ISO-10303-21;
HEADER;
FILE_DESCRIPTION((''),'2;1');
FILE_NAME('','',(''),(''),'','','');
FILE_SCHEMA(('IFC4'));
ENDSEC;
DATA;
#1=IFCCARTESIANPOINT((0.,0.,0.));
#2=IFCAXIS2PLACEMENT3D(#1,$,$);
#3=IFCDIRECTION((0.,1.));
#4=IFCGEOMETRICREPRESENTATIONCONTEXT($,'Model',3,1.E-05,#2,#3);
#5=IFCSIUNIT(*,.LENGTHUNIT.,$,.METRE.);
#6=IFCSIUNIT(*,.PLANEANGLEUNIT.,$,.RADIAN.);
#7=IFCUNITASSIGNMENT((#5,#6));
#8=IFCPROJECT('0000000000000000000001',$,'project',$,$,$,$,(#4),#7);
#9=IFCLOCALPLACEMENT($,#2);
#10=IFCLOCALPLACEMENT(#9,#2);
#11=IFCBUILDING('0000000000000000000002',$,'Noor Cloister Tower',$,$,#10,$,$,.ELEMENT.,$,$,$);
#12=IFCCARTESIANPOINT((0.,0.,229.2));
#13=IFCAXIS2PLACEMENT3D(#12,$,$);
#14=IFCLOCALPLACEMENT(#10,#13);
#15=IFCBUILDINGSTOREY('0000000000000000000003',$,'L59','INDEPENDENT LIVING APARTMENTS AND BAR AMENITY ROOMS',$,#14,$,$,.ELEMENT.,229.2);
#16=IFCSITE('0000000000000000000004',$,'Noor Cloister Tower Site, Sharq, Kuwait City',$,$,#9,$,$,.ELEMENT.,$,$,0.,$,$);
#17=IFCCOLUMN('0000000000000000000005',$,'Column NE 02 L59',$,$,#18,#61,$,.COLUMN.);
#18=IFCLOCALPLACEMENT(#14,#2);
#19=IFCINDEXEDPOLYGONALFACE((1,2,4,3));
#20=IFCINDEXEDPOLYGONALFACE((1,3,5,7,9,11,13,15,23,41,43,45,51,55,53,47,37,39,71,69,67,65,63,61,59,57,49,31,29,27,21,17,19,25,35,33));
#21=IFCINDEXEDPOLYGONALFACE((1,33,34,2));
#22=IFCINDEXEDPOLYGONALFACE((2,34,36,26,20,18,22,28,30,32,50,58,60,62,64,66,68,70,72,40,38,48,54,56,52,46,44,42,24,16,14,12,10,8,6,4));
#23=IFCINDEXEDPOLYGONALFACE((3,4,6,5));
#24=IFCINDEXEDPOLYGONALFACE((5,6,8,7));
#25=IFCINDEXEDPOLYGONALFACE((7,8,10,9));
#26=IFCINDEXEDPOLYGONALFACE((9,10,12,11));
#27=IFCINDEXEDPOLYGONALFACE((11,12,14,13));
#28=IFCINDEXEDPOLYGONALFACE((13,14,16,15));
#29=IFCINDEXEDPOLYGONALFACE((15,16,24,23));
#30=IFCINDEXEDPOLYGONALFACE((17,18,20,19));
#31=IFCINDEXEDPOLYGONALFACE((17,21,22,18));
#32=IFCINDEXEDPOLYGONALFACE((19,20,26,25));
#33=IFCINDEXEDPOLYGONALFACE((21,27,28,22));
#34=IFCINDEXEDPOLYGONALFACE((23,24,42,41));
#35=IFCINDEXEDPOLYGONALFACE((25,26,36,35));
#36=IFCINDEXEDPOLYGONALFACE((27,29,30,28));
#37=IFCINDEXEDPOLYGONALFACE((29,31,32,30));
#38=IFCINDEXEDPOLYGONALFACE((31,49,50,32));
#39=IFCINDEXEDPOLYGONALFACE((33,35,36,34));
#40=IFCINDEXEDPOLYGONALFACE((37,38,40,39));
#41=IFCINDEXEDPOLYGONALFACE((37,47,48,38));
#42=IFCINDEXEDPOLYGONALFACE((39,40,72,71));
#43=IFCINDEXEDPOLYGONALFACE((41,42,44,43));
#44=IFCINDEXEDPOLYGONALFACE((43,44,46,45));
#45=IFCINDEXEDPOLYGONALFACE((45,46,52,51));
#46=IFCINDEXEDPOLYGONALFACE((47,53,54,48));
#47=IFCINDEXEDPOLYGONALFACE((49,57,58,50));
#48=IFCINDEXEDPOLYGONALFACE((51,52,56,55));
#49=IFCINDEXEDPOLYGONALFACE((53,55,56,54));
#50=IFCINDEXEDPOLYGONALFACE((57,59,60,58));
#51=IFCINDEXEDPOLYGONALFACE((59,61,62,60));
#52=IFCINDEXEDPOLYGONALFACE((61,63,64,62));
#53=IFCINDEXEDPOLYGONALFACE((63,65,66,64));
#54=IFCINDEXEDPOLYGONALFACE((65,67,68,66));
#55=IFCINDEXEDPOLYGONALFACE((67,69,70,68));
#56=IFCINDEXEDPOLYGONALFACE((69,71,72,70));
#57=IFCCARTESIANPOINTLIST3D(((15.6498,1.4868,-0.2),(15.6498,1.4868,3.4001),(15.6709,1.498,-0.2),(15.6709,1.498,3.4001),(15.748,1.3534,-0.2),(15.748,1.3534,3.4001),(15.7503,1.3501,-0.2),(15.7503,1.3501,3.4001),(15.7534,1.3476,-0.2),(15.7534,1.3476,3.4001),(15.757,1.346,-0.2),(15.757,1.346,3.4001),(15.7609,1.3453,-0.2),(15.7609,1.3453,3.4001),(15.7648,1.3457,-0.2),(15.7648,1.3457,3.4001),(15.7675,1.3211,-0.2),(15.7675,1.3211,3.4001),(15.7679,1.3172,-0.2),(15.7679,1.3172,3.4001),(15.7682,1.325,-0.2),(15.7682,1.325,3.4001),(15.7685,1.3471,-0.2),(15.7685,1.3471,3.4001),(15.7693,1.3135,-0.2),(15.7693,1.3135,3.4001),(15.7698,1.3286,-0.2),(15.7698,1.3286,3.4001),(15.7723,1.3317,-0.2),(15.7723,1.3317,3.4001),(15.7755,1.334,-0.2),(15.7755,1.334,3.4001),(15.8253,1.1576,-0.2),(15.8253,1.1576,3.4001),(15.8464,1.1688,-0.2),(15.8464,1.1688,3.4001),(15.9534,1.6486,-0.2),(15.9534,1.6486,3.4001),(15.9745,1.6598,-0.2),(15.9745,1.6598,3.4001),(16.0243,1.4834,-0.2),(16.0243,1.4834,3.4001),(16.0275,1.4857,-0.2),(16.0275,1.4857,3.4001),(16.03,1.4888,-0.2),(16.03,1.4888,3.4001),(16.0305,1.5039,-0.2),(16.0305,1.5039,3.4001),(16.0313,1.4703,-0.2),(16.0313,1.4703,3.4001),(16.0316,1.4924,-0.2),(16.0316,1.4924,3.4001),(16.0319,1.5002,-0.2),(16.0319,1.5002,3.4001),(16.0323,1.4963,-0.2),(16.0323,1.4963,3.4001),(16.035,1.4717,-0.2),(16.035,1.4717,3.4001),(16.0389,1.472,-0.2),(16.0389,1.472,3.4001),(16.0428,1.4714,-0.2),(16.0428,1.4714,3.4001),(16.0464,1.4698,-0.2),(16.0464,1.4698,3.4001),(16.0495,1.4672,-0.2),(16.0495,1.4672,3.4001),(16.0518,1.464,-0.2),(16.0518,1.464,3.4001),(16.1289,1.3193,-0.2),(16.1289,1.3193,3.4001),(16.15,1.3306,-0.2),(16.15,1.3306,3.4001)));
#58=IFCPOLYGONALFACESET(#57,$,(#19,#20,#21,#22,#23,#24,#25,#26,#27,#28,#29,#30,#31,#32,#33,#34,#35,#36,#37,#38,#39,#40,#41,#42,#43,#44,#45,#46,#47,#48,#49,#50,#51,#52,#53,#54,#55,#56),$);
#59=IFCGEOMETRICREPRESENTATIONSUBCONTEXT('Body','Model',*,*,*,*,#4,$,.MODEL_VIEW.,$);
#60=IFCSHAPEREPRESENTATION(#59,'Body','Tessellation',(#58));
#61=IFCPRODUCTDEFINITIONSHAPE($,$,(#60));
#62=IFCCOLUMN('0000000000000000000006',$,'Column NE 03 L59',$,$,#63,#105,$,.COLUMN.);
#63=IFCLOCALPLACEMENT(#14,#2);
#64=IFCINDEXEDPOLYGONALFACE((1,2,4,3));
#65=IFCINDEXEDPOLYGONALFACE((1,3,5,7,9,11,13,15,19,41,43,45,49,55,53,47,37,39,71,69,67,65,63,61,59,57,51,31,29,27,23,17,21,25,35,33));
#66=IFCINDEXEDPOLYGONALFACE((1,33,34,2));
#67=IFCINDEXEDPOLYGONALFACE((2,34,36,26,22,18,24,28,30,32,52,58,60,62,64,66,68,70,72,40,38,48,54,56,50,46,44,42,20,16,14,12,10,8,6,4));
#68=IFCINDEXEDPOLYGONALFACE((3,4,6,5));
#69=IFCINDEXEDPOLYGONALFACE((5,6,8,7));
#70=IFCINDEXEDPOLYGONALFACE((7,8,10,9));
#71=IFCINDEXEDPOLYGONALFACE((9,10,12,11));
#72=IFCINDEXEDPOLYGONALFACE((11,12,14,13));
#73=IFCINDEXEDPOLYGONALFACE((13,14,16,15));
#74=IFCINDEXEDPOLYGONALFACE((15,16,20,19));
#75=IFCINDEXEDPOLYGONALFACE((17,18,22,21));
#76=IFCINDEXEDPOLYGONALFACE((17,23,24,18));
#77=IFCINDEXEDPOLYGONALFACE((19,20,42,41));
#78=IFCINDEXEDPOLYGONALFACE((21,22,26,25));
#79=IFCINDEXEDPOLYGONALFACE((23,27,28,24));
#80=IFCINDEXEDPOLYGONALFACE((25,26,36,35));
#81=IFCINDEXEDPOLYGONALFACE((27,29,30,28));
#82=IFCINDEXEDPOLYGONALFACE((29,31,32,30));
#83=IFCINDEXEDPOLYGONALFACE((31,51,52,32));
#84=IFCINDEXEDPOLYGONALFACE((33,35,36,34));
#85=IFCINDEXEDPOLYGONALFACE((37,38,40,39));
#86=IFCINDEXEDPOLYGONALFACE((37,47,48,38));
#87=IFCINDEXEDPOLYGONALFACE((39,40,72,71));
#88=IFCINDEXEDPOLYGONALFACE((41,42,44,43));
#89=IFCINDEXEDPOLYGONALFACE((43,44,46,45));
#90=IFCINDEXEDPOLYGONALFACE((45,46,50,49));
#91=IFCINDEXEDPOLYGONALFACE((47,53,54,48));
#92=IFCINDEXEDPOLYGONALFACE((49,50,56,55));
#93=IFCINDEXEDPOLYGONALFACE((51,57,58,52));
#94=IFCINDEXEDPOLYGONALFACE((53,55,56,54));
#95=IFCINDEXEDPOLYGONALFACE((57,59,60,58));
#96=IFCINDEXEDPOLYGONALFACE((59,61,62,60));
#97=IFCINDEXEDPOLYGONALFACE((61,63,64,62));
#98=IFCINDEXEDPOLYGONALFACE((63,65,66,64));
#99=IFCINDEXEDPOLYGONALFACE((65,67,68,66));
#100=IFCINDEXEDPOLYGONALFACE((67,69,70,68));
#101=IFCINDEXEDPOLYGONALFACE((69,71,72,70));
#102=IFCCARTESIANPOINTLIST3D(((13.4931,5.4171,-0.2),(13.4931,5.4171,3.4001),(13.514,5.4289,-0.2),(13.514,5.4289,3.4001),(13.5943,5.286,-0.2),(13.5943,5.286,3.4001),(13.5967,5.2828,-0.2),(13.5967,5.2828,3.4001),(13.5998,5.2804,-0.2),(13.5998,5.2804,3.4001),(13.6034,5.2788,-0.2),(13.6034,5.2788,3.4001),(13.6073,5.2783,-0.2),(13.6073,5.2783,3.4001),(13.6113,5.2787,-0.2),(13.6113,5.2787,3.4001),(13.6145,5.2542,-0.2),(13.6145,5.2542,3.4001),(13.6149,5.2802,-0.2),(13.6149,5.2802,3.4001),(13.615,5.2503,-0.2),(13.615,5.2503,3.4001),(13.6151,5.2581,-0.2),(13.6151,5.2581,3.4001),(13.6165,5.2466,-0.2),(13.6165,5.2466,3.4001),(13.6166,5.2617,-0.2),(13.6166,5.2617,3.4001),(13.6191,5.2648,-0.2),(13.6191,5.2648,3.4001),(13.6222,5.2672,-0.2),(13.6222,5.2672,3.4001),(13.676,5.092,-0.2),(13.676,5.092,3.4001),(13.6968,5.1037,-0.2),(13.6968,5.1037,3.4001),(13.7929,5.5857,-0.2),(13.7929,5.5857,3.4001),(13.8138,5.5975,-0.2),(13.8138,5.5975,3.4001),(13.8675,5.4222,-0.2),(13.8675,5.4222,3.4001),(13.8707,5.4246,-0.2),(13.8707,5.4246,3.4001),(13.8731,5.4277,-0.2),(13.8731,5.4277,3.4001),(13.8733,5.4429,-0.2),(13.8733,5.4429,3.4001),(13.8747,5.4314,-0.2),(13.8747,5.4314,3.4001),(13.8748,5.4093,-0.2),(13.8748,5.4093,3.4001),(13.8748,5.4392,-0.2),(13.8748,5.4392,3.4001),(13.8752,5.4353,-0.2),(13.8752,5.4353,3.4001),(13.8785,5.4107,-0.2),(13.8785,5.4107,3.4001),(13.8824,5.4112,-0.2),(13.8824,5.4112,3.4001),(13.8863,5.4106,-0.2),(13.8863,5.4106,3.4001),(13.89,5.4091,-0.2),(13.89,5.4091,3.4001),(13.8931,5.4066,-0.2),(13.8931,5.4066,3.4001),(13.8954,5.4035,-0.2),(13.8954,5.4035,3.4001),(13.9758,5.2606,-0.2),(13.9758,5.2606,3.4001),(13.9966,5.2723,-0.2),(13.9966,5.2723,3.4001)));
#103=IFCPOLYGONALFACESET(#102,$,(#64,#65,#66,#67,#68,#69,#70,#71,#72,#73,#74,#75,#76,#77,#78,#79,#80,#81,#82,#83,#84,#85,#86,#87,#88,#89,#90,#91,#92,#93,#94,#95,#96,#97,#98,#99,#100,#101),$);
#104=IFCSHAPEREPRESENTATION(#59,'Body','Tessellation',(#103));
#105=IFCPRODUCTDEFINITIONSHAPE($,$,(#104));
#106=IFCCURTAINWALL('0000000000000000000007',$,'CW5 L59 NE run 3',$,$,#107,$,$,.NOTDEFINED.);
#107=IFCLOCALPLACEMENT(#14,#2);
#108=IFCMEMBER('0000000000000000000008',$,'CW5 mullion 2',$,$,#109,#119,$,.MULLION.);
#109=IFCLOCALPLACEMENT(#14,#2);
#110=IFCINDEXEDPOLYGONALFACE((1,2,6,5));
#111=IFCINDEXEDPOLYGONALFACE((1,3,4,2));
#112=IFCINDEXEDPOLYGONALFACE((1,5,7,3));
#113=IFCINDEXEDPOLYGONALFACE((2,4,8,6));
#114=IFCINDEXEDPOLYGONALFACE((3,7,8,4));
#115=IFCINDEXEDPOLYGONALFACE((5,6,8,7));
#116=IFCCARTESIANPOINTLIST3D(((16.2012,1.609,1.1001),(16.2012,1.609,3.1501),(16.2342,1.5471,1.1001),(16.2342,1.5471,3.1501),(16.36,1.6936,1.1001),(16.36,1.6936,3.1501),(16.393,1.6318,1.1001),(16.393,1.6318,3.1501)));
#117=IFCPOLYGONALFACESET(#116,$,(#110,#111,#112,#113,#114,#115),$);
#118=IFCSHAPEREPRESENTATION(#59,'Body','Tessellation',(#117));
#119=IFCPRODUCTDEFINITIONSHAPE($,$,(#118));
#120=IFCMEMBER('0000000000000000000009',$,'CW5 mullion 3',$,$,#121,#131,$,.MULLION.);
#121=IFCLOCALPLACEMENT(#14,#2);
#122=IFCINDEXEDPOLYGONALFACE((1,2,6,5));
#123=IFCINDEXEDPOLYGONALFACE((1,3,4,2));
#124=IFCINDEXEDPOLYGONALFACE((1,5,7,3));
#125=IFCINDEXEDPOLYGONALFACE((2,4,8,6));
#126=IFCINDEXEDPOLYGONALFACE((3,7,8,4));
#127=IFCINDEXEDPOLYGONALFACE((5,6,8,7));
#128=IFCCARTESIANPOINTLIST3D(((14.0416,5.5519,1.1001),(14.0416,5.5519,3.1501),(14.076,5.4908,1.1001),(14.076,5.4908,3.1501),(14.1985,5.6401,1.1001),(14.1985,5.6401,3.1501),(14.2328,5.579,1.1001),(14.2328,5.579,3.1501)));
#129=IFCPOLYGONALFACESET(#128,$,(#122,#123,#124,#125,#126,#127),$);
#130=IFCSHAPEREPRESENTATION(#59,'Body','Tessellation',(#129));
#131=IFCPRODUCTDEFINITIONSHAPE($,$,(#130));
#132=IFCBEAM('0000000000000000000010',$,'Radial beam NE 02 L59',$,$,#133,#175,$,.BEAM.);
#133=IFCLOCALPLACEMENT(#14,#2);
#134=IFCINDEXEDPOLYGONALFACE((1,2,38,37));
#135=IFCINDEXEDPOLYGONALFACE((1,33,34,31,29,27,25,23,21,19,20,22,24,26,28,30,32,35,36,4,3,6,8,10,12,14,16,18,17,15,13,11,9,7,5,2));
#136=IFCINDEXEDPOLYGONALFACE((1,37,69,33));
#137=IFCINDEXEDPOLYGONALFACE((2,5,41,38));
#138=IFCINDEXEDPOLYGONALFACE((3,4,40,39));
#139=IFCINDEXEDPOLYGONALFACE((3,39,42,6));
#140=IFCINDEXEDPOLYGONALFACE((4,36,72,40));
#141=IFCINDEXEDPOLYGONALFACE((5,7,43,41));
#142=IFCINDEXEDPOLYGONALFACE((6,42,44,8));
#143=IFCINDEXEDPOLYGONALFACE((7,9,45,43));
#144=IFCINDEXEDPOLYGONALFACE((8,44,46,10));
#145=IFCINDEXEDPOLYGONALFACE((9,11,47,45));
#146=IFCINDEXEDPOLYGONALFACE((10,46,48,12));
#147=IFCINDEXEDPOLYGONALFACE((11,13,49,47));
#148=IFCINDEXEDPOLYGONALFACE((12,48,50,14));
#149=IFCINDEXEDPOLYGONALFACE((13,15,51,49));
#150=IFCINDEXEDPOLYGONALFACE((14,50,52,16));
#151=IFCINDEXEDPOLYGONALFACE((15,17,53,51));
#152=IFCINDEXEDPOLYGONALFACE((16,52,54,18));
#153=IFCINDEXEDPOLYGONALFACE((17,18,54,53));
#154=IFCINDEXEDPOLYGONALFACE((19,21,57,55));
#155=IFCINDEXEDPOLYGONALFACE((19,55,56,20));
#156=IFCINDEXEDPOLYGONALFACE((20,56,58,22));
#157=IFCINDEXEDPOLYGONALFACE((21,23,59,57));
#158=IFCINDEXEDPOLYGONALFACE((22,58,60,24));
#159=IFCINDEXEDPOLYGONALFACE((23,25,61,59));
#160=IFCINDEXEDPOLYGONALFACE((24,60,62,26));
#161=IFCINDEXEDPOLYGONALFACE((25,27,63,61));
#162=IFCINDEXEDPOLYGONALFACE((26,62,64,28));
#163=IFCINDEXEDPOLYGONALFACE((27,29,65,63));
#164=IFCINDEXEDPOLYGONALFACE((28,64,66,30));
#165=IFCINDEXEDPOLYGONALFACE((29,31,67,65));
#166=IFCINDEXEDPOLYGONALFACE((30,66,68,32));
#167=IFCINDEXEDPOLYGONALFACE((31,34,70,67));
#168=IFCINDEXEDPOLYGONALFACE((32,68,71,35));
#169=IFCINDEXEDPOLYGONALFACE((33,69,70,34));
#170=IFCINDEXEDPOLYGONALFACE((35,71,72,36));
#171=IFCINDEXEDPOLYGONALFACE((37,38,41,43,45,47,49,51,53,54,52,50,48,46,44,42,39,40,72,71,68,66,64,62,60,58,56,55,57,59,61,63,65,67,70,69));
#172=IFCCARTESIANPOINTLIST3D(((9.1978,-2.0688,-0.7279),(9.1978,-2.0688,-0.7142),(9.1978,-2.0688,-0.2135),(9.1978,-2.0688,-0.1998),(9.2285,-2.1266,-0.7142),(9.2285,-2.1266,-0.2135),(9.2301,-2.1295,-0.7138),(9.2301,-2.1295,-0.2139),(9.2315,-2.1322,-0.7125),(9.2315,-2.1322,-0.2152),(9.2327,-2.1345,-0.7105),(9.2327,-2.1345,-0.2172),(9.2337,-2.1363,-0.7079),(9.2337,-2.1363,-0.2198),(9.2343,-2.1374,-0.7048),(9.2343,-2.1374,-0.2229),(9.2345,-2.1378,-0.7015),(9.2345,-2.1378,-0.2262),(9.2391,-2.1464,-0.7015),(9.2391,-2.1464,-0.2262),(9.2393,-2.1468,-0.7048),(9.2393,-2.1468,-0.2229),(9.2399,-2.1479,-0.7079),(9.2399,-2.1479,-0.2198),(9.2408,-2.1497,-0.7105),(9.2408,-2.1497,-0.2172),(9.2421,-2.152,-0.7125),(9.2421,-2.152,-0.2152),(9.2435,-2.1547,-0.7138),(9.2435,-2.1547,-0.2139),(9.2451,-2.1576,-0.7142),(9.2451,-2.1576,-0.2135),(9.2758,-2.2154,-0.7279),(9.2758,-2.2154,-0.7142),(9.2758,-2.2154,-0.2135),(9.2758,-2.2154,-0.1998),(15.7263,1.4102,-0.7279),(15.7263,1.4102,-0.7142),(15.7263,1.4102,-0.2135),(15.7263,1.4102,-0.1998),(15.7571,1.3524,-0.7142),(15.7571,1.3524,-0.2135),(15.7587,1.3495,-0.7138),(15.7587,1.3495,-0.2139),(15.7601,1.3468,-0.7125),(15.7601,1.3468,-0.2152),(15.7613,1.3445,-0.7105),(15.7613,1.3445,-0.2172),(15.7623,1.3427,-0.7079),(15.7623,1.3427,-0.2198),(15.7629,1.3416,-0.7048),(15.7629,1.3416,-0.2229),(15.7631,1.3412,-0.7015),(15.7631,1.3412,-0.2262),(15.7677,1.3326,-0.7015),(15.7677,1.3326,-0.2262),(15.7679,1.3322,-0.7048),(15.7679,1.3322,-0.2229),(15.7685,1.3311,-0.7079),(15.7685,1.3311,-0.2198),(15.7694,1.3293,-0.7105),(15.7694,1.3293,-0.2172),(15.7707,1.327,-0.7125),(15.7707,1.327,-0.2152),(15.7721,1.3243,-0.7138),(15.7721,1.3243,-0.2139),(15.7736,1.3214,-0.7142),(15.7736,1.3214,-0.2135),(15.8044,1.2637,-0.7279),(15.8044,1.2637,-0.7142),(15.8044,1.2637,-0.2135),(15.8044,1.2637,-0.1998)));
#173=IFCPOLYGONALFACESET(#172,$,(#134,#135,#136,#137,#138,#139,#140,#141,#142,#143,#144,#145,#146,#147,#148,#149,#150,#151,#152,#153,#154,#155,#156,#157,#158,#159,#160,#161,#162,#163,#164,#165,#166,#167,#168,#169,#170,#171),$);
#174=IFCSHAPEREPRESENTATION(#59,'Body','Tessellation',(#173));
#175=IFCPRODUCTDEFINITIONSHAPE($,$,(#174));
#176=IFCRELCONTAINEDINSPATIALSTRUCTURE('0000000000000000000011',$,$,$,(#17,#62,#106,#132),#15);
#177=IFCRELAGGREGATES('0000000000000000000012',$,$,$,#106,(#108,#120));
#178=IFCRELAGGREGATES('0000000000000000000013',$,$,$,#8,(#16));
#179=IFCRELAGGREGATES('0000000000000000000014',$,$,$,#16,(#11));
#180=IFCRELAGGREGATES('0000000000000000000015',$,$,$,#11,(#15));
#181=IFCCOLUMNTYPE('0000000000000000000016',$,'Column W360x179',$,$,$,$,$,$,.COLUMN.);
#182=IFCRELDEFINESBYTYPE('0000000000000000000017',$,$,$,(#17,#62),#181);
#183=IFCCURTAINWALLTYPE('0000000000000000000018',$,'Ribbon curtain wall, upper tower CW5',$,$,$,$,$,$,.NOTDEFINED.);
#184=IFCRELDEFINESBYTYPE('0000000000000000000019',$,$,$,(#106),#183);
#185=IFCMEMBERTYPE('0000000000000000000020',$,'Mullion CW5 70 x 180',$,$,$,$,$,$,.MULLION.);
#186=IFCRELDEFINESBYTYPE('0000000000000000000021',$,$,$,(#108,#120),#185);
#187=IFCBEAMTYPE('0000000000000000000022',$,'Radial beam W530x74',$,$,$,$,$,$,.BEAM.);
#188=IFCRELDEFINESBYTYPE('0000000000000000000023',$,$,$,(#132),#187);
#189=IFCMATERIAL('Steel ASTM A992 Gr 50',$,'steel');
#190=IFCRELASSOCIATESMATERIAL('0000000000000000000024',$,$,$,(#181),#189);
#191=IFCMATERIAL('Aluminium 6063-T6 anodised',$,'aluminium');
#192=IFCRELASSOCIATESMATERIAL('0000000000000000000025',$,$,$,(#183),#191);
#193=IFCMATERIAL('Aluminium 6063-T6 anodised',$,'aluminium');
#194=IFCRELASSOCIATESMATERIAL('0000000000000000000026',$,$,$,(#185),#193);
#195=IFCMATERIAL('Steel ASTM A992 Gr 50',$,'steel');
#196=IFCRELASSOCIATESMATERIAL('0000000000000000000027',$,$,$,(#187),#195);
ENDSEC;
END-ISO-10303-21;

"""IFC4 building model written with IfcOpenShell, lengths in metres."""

from ifc_helpers import new_model, si_unit, direction, frame, origin, origin_2d, place, context, subcontext, project, spatial, rectangle, i_section, extrude, material, material_profile, profile_set, type_object, element, aggregate, save


model = new_model("IFC4")

# Units and contexts
model_context = context("Model", 3, precision=1e-05, world=origin(), true_north=direction((0.0, 1.0)))
body_context = subcontext(model_context, "Body", "Model", "MODEL_VIEW")
ifc_project = project(units=[si_unit("LENGTHUNIT", "METRE"), si_unit("PLANEANGLEUNIT", "RADIAN")], contexts=[model_context])

# Site, building, storey
site_placement = place(None, origin())
site = spatial("IfcSite", under=ifc_project, at=site_placement, Name="Noor Cloister Tower Site, Sharq, Kuwait City", CompositionType="ELEMENT", RefElevation=0.0)
building_placement = place(site_placement, origin())
building = spatial("IfcBuilding", under=site, at=building_placement, Name="Noor Cloister Tower", CompositionType="ELEMENT")
storey_placement = place(building_placement, frame((0.0, 0.0, 229.2)))
storey = spatial("IfcBuildingStorey", under=building, at=storey_placement, Name="L59", Description="INDEPENDENT LIVING APARTMENTS AND BAR AMENITY ROOMS", CompositionType="ELEMENT", Elevation=229.2)

# Columns
ifc_material_1 = material(Name="Steel ASTM A992 Gr 50", Category="steel")
ifc_material_profile_1 = material_profile(ifc_material_1, i_section(OverallWidth=0.373, OverallDepth=0.3679, WebThickness=0.0149, FlangeThickness=0.0239, FilletRadius=0.0151, at=origin_2d()), Name="W360x179")
ifc_profile_set_1 = profile_set([ifc_material_profile_1], Name="Steel ASTM A992 Gr 50")
column_type = type_object("IfcColumnType", Name="Column W360x179", PredefinedType="COLUMN", material=ifc_profile_set_1)
for number, where, z_axis, x_axis, name in (
    (1, (15.8999, 1.4087, -0.2), (0.0, 0.0, 1.0), (-0.470293, 0.88251, 0.0), "Column NE 02 L59"),
    (2, (13.7449, 5.3447, -0.2), (0.0, 0.0, 1.0), (-0.49016, 0.871632, 0.0), "Column NE 03 L59"),
):
    element("IfcColumn", number, at=place(storey_placement, frame(where, z_axis=z_axis, x_axis=x_axis)), inside=storey, type_object=column_type, Name=name, PredefinedType="COLUMN", context=body_context, shape_type="SweptSolid", body=[
        extrude(i_section(OverallWidth=0.373, OverallDepth=0.3679, WebThickness=0.0149, FlangeThickness=0.0239, FilletRadius=0.0151, at=origin_2d()), origin(), (0.0, 0.0, 1.0), 3.6001),
    ])

# Curtain wall, members
ifc_material_2 = material(Name="Aluminium 6063-T6 anodised", Category="aluminium")
curtain_wall_type = type_object("IfcCurtainWallType", Name="Ribbon curtain wall, upper tower CW5", PredefinedType="NOTDEFINED", material=ifc_material_2)
curtain_wall_placement = place(storey_placement, origin())
curtain_wall = element("IfcCurtainWall", 3, at=curtain_wall_placement, inside=storey, type_object=curtain_wall_type, Name="CW5 L59 NE run 3", PredefinedType="NOTDEFINED")
ifc_material_3 = material(Name="Aluminium 6063-T6 anodised", Category="aluminium")
ifc_material_profile_2 = material_profile(ifc_material_3, rectangle(XDim=0.1799, YDim=0.0701, at=origin_2d()), Name="180 x 70 mullion")
ifc_profile_set_2 = profile_set([ifc_material_profile_2], Name="Aluminium 6063-T6 anodised")
member_type = type_object("IfcMemberType", Name="Mullion CW5 70 x 180", PredefinedType="MULLION", material=ifc_profile_set_2)
member_1_placement = place(storey_placement, frame((16.2971, 1.6204, 1.1001), z_axis=(0.0, 0.0, 1.0), x_axis=(-0.88251, -0.470293, 0.0)))
member_1 = element("IfcMember", 4, at=member_1_placement, type_object=member_type, Name="CW5 mullion 2", PredefinedType="MULLION", context=body_context, shape_type="SweptSolid", body=[
    extrude(rectangle(XDim=0.1799, YDim=0.0701, at=origin_2d()), origin(), (0.0, 0.0, 1.0), 2.05),
])
member_2_placement = place(storey_placement, frame((14.1372, 5.5654, 1.1001), z_axis=(0.0, 0.0, 1.0), x_axis=(-0.871632, -0.49016, 0.0)))
member_2 = element("IfcMember", 5, at=member_2_placement, type_object=member_type, Name="CW5 mullion 3", PredefinedType="MULLION", context=body_context, shape_type="SweptSolid", body=[
    extrude(rectangle(XDim=0.1799, YDim=0.0701, at=origin_2d()), origin(), (0.0, 0.0, 1.0), 2.05),
])

# Beam
ifc_material_4 = material(Name="Steel ASTM A992 Gr 50", Category="steel")
ifc_material_profile_3 = material_profile(ifc_material_4, i_section(OverallWidth=0.166, OverallDepth=0.5281, WebThickness=0.0098, FlangeThickness=0.0137, FilletRadius=0.0127, at=origin_2d()), Name="W530x74")
ifc_profile_set_3 = profile_set([ifc_material_profile_3], Name="Steel ASTM A992 Gr 50")
beam_type_1 = type_object("IfcBeamType", Name="Radial beam W530x74", PredefinedType="BEAM", material=ifc_profile_set_3)
beam_1_placement = place(storey_placement, frame((15.7654, 1.3369, -0.4639), z_axis=(-0.882516, -0.470283, 0.0), x_axis=(0.470283, -0.882516, 0.0)))
element("IfcBeam", 6, at=beam_1_placement, inside=storey, type_object=beam_type_1, Name="Radial beam NE 02 L59", PredefinedType="BEAM", context=body_context, shape_type="SweptSolid", body=[
    extrude(i_section(OverallWidth=0.166, OverallDepth=0.5281, WebThickness=0.0098, FlangeThickness=0.0137, FilletRadius=0.0127, at=origin_2d()), origin(), (0.0, 0.0, 1.0), 7.3977),
])

aggregate(curtain_wall, [member_1, member_2])

save(model, "model.ifc")
